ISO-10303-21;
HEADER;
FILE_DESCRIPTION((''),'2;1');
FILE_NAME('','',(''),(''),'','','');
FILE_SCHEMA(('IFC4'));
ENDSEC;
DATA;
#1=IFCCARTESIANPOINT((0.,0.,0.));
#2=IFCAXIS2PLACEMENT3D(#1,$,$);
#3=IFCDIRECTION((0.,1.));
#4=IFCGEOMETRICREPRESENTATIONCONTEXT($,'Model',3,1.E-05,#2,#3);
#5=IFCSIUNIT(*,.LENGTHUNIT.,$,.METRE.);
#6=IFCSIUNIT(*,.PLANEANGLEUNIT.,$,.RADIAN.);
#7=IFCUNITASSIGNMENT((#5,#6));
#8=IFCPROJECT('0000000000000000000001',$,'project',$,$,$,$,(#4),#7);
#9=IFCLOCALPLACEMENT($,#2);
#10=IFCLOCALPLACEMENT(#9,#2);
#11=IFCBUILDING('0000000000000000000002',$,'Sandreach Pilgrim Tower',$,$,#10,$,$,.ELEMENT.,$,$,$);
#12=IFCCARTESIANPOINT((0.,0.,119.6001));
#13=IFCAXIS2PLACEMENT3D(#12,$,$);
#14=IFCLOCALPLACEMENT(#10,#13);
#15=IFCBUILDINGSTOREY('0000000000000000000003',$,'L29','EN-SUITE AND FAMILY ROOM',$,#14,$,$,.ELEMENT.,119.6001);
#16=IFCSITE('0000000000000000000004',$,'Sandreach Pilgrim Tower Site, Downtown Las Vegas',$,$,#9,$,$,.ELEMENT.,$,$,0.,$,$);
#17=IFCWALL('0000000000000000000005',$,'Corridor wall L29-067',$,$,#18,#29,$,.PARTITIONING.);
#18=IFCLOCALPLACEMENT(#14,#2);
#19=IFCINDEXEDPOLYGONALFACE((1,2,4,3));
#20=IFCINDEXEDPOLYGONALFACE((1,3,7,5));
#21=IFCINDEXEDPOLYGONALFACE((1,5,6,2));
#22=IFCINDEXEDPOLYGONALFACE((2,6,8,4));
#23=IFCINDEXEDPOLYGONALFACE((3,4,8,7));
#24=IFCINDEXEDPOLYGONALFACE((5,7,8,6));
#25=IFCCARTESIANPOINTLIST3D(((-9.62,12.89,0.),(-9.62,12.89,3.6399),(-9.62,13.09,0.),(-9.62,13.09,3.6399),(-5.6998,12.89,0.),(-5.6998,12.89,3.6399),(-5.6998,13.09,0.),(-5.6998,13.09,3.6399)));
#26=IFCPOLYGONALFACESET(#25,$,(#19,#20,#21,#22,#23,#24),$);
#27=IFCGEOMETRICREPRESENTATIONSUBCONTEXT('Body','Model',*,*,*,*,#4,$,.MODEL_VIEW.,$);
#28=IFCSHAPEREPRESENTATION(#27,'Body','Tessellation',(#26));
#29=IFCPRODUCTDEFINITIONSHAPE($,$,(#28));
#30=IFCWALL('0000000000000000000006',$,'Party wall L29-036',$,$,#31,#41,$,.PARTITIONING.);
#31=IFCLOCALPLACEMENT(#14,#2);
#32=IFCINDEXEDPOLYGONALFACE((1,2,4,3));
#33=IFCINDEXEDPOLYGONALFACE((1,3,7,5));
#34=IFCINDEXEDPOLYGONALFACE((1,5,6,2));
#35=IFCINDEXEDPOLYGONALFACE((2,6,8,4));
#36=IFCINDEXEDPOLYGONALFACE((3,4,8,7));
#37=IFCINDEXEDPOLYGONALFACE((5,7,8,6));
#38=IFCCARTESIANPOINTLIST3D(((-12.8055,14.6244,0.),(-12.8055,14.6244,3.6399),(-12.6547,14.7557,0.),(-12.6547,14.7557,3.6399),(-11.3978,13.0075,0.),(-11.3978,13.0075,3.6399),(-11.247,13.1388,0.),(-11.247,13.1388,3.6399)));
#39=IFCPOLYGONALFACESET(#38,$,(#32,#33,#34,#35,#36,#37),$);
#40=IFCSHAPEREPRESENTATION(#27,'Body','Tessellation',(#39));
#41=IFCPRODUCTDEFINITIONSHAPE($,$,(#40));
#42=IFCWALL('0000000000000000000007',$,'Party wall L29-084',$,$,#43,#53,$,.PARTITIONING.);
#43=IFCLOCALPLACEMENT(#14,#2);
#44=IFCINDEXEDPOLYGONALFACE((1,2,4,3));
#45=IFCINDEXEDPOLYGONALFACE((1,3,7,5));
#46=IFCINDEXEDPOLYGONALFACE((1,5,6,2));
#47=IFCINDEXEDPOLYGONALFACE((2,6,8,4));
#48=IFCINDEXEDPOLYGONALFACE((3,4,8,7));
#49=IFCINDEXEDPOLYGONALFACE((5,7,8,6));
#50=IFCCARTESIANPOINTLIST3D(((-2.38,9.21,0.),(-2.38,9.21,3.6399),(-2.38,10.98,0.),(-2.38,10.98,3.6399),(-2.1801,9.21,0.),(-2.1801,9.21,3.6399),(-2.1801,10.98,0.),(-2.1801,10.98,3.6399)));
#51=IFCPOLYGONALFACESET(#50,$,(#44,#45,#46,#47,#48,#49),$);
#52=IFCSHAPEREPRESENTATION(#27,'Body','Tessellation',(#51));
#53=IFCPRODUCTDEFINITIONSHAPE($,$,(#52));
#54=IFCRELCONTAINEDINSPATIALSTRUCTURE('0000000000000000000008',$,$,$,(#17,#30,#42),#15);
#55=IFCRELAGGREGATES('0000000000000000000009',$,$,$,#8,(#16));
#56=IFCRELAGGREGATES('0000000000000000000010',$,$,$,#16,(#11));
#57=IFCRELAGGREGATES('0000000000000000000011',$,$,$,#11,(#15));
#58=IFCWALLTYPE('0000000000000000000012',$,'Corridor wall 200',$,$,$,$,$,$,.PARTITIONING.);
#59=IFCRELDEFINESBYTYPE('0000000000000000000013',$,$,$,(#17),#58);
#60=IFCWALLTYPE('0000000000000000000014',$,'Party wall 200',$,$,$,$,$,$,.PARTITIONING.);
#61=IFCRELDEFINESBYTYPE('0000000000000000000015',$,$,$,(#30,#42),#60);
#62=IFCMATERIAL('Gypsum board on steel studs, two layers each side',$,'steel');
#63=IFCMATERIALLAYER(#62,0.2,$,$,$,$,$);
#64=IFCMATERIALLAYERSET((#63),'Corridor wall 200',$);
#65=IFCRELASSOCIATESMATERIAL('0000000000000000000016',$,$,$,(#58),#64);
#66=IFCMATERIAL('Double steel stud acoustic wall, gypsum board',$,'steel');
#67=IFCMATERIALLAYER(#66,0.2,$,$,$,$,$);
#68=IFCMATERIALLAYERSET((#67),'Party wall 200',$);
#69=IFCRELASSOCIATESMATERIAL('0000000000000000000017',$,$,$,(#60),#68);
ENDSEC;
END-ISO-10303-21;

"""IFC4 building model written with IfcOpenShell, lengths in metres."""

from ifc_helpers import new_model, si_unit, direction, frame, frame_2d, origin, place, context, subcontext, project, spatial, rectangle, extrude, material, layer, layer_set, type_object, element, save


model = new_model("IFC4")

# Units and contexts
model_context = context("Model", 3, precision=1e-05, world=origin(), true_north=direction((0.0, 1.0)))
body_context = subcontext(model_context, "Body", "Model", "MODEL_VIEW")
ifc_project = project(units=[si_unit("LENGTHUNIT", "METRE"), si_unit("PLANEANGLEUNIT", "RADIAN")], contexts=[model_context])

# Site, building, storey
site_placement = place(None, origin())
site = spatial("IfcSite", under=ifc_project, at=site_placement, Name="Sandreach Pilgrim Tower Site, Downtown Las Vegas", CompositionType="ELEMENT", RefElevation=0.0)
building_placement = place(site_placement, origin())
building = spatial("IfcBuilding", under=site, at=building_placement, Name="Sandreach Pilgrim Tower", CompositionType="ELEMENT")
storey_placement = place(building_placement, frame((0.0, 0.0, 119.6001)))
storey = spatial("IfcBuildingStorey", under=building, at=storey_placement, Name="L29", Description="EN-SUITE AND FAMILY ROOM", CompositionType="ELEMENT", Elevation=119.6001)

# Shared definitions
ifc_material_1 = material(Name="Gypsum board on steel studs, two layers each side", Category="steel")
ifc_layer_1 = layer(ifc_material_1, 0.2)
ifc_layer_set_1 = layer_set([ifc_layer_1], Name="Corridor wall 200")
wall_type_1 = type_object("IfcWallType", Name="Corridor wall 200", PredefinedType="PARTITIONING", material=ifc_layer_set_1)

# Wall
wall_1_placement = place(storey_placement, frame((-5.7, 12.99, 0.0), z_axis=(0.0, 0.0, 1.0), x_axis=(-1.0, 0.0, 0.0)))
element("IfcWall", 1, at=wall_1_placement, inside=storey, type_object=wall_type_1, Name="Corridor wall L29-067", PredefinedType="PARTITIONING", context=body_context, shape_type="SweptSolid", body=[
    extrude(rectangle(XDim=3.9202, YDim=0.2, at=frame_2d((1.96, 0.0))), origin(), (0.0, 0.0, 1.0), 3.6399),
])

# Walls
ifc_material_2 = material(Name="Double steel stud acoustic wall, gypsum board", Category="steel")
ifc_layer_2 = layer(ifc_material_2, 0.2)
ifc_layer_set_2 = layer_set([ifc_layer_2], Name="Party wall 200")
wall_type_2 = type_object("IfcWallType", Name="Party wall 200", PredefinedType="PARTITIONING", material=ifc_layer_set_2)
wall_2_placement = place(storey_placement, frame((-12.73, 14.6899, 0.0), z_axis=(0.0, 0.0, 1.0), x_axis=(0.656624, -0.754218, 0.0)))
element("IfcWall", 2, at=wall_2_placement, inside=storey, type_object=wall_type_2, Name="Party wall L29-036", PredefinedType="PARTITIONING", context=body_context, shape_type="SweptSolid", body=[
    extrude(rectangle(XDim=2.1438, YDim=0.2, at=frame_2d((1.0718, 0.0))), origin(), (0.0, 0.0, 1.0), 3.6399),
])
wall_3_placement = place(storey_placement, frame((-2.28, 10.98, 0.0), z_axis=(0.0, 0.0, 1.0), x_axis=(0.0, -1.0, 0.0)))
element("IfcWall", 3, at=wall_3_placement, inside=storey, type_object=wall_type_2, Name="Party wall L29-084", PredefinedType="PARTITIONING", context=body_context, shape_type="SweptSolid", body=[
    extrude(rectangle(XDim=1.77, YDim=0.2, at=frame_2d((0.885, 0.0))), origin(), (0.0, 0.0, 1.0), 3.6399),
])

save(model, "model.ifc")
